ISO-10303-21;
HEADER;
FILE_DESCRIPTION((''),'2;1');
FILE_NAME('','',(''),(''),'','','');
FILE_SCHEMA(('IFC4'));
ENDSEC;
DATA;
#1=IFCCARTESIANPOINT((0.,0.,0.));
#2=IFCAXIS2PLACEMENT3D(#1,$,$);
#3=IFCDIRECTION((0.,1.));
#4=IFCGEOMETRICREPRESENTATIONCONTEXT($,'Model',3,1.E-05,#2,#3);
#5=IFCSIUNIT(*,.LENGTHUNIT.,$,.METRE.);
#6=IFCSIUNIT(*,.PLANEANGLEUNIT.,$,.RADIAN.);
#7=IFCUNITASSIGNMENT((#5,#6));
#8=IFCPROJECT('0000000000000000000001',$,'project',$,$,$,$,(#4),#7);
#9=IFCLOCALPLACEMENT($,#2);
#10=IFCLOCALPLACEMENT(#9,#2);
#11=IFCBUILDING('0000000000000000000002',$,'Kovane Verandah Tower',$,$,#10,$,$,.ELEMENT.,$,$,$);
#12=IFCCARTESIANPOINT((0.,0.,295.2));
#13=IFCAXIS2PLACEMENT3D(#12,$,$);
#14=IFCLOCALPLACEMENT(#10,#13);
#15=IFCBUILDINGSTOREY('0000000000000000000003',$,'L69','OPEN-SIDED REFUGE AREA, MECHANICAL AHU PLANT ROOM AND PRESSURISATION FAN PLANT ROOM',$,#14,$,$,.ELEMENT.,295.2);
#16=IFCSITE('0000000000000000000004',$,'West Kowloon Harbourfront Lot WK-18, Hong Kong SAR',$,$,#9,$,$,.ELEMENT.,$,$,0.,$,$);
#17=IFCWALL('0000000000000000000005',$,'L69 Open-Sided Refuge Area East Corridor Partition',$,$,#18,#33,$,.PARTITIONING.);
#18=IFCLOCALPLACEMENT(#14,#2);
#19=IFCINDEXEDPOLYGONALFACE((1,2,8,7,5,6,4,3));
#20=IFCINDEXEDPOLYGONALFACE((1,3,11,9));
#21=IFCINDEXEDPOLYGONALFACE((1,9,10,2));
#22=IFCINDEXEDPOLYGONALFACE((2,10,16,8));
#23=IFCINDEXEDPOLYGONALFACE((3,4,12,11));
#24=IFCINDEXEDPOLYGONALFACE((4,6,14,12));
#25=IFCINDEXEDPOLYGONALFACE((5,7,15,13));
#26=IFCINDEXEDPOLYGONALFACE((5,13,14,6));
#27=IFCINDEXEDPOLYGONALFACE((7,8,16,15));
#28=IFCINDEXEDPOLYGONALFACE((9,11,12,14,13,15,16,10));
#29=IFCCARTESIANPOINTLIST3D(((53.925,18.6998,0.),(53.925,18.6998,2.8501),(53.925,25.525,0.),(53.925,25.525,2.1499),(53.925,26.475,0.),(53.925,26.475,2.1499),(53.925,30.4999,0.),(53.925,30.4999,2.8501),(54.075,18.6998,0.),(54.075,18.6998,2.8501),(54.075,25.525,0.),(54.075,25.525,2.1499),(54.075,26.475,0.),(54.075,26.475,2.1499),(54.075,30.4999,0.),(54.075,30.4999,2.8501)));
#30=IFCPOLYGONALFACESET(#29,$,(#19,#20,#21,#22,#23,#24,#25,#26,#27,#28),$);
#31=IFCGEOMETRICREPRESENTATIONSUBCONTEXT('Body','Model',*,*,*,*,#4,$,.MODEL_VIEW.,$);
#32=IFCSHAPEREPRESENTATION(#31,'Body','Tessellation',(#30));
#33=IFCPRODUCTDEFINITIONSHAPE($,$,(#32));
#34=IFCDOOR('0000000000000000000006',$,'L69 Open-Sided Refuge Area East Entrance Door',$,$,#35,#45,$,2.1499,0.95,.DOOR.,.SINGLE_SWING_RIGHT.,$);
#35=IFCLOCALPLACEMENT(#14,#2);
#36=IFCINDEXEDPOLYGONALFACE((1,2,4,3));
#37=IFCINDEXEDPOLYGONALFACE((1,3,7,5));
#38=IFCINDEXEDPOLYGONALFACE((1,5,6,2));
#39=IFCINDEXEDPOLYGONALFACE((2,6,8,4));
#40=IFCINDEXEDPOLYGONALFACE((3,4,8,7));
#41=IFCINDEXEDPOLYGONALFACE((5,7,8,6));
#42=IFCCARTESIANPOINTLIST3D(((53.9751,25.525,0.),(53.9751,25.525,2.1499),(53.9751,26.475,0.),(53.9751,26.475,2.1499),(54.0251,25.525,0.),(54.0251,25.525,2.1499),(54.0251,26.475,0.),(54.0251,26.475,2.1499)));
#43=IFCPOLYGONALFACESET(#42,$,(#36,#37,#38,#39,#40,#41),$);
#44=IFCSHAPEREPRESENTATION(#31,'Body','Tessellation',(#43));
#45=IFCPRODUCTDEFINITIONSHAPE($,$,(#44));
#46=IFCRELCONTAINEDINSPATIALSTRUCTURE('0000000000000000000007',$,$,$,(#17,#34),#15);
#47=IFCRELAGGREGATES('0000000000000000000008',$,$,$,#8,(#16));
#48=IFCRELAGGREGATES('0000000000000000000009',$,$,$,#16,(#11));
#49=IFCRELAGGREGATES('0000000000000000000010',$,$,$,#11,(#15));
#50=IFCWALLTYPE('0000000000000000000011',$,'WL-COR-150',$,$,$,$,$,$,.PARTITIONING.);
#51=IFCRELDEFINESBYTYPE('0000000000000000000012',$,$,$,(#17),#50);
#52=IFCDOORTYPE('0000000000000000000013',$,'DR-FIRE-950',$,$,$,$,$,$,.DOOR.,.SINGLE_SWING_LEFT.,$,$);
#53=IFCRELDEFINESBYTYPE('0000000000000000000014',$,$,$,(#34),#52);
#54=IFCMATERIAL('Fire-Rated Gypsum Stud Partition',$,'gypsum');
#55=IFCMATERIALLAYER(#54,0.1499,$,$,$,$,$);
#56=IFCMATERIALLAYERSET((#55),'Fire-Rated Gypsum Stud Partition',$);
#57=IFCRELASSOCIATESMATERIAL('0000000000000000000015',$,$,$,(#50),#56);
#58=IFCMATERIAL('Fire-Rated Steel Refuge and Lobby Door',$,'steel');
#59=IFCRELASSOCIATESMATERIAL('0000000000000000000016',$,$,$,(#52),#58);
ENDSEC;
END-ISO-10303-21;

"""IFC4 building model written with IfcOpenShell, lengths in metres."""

from ifc_helpers import new_model, si_unit, direction, frame, frame_2d, origin, place, context, subcontext, project, spatial, rectangle, extrude, material, layer, layer_set, type_object, element, fill, save


model = new_model("IFC4")

# Units and contexts
model_context = context("Model", 3, precision=1e-05, world=origin(), true_north=direction((0.0, 1.0)))
body_context = subcontext(model_context, "Body", "Model", "MODEL_VIEW")
ifc_project = project(units=[si_unit("LENGTHUNIT", "METRE"), si_unit("PLANEANGLEUNIT", "RADIAN")], contexts=[model_context])

# Site, building, storey
site_placement = place(None, origin())
site = spatial("IfcSite", under=ifc_project, at=site_placement, Name="West Kowloon Harbourfront Lot WK-18, Hong Kong SAR", CompositionType="ELEMENT", RefElevation=0.0)
building_placement = place(site_placement, origin())
building = spatial("IfcBuilding", under=site, at=building_placement, Name="Kovane Verandah Tower", CompositionType="ELEMENT")
storey_placement = place(building_placement, frame((0.0, 0.0, 295.2)))
storey = spatial("IfcBuildingStorey", under=building, at=storey_placement, Name="L69", Description="OPEN-SIDED REFUGE AREA, MECHANICAL AHU PLANT ROOM AND PRESSURISATION FAN PLANT ROOM", CompositionType="ELEMENT", Elevation=295.2)

# Wall, opening, door
ifc_material_1 = material(Name="Fire-Rated Gypsum Stud Partition", Category="gypsum")
ifc_layer_1 = layer(ifc_material_1, 0.1499)
ifc_layer_set_1 = layer_set([ifc_layer_1], Name="Fire-Rated Gypsum Stud Partition")
wall_type = type_object("IfcWallType", Name="WL-COR-150", PredefinedType="PARTITIONING", material=ifc_layer_set_1)
wall_placement = place(storey_placement, frame((54.0, 18.7, 0.0), z_axis=(0.0, 0.0, 1.0), x_axis=(0.0, 1.0, 0.0)))
wall = element("IfcWall", 1, at=wall_placement, inside=storey, type_object=wall_type, Name="L69 Open-Sided Refuge Area East Corridor Partition", PredefinedType="PARTITIONING", context=body_context, shape_type="SweptSolid", body=[
    extrude(rectangle(XDim=11.8, YDim=0.1499, at=frame_2d((5.8999, 0.0))), origin(), (0.0, 0.0, 1.0), 2.8501),
])
opening_placement = place(wall_placement, frame((6.825, 0.0, 0.0)))
opening = element("IfcOpeningElement", 2, at=opening_placement, cuts=wall, PredefinedType="OPENING", context=body_context, shape_type="SweptSolid", body=[
    extrude(rectangle(XDim=0.95, YDim=2.1499, at=frame_2d((0.4751, 1.075))), frame((0.0, 0.075, 0.0), z_axis=(0.0, -1.0, 0.0), x_axis=(1.0, 0.0, 0.0)), (0.0, 0.0, 1.0), 0.1499),
])
ifc_material_2 = material(Name="Fire-Rated Steel Refuge and Lobby Door", Category="steel")
door_type = type_object("IfcDoorType", Name="DR-FIRE-950", OperationType="SINGLE_SWING_LEFT", PredefinedType="DOOR", material=ifc_material_2)
door_placement = place(opening_placement, origin())
door = element("IfcDoor", 3, at=door_placement, inside=storey, type_object=door_type, Name="L69 Open-Sided Refuge Area East Entrance Door", OperationType="SINGLE_SWING_RIGHT", OverallHeight=2.1499, OverallWidth=0.95, PredefinedType="DOOR", context=body_context, shape_type="SweptSolid", body=[
    extrude(rectangle(XDim=0.95, YDim=2.1499, at=frame_2d((0.4751, 1.075))), frame((0.0, 0.0249, 0.0), z_axis=(0.0, -1.0, 0.0), x_axis=(1.0, 0.0, 0.0)), (0.0, 0.0, 1.0), 0.05),
])
fill(opening, door)

save(model, "model.ifc")
